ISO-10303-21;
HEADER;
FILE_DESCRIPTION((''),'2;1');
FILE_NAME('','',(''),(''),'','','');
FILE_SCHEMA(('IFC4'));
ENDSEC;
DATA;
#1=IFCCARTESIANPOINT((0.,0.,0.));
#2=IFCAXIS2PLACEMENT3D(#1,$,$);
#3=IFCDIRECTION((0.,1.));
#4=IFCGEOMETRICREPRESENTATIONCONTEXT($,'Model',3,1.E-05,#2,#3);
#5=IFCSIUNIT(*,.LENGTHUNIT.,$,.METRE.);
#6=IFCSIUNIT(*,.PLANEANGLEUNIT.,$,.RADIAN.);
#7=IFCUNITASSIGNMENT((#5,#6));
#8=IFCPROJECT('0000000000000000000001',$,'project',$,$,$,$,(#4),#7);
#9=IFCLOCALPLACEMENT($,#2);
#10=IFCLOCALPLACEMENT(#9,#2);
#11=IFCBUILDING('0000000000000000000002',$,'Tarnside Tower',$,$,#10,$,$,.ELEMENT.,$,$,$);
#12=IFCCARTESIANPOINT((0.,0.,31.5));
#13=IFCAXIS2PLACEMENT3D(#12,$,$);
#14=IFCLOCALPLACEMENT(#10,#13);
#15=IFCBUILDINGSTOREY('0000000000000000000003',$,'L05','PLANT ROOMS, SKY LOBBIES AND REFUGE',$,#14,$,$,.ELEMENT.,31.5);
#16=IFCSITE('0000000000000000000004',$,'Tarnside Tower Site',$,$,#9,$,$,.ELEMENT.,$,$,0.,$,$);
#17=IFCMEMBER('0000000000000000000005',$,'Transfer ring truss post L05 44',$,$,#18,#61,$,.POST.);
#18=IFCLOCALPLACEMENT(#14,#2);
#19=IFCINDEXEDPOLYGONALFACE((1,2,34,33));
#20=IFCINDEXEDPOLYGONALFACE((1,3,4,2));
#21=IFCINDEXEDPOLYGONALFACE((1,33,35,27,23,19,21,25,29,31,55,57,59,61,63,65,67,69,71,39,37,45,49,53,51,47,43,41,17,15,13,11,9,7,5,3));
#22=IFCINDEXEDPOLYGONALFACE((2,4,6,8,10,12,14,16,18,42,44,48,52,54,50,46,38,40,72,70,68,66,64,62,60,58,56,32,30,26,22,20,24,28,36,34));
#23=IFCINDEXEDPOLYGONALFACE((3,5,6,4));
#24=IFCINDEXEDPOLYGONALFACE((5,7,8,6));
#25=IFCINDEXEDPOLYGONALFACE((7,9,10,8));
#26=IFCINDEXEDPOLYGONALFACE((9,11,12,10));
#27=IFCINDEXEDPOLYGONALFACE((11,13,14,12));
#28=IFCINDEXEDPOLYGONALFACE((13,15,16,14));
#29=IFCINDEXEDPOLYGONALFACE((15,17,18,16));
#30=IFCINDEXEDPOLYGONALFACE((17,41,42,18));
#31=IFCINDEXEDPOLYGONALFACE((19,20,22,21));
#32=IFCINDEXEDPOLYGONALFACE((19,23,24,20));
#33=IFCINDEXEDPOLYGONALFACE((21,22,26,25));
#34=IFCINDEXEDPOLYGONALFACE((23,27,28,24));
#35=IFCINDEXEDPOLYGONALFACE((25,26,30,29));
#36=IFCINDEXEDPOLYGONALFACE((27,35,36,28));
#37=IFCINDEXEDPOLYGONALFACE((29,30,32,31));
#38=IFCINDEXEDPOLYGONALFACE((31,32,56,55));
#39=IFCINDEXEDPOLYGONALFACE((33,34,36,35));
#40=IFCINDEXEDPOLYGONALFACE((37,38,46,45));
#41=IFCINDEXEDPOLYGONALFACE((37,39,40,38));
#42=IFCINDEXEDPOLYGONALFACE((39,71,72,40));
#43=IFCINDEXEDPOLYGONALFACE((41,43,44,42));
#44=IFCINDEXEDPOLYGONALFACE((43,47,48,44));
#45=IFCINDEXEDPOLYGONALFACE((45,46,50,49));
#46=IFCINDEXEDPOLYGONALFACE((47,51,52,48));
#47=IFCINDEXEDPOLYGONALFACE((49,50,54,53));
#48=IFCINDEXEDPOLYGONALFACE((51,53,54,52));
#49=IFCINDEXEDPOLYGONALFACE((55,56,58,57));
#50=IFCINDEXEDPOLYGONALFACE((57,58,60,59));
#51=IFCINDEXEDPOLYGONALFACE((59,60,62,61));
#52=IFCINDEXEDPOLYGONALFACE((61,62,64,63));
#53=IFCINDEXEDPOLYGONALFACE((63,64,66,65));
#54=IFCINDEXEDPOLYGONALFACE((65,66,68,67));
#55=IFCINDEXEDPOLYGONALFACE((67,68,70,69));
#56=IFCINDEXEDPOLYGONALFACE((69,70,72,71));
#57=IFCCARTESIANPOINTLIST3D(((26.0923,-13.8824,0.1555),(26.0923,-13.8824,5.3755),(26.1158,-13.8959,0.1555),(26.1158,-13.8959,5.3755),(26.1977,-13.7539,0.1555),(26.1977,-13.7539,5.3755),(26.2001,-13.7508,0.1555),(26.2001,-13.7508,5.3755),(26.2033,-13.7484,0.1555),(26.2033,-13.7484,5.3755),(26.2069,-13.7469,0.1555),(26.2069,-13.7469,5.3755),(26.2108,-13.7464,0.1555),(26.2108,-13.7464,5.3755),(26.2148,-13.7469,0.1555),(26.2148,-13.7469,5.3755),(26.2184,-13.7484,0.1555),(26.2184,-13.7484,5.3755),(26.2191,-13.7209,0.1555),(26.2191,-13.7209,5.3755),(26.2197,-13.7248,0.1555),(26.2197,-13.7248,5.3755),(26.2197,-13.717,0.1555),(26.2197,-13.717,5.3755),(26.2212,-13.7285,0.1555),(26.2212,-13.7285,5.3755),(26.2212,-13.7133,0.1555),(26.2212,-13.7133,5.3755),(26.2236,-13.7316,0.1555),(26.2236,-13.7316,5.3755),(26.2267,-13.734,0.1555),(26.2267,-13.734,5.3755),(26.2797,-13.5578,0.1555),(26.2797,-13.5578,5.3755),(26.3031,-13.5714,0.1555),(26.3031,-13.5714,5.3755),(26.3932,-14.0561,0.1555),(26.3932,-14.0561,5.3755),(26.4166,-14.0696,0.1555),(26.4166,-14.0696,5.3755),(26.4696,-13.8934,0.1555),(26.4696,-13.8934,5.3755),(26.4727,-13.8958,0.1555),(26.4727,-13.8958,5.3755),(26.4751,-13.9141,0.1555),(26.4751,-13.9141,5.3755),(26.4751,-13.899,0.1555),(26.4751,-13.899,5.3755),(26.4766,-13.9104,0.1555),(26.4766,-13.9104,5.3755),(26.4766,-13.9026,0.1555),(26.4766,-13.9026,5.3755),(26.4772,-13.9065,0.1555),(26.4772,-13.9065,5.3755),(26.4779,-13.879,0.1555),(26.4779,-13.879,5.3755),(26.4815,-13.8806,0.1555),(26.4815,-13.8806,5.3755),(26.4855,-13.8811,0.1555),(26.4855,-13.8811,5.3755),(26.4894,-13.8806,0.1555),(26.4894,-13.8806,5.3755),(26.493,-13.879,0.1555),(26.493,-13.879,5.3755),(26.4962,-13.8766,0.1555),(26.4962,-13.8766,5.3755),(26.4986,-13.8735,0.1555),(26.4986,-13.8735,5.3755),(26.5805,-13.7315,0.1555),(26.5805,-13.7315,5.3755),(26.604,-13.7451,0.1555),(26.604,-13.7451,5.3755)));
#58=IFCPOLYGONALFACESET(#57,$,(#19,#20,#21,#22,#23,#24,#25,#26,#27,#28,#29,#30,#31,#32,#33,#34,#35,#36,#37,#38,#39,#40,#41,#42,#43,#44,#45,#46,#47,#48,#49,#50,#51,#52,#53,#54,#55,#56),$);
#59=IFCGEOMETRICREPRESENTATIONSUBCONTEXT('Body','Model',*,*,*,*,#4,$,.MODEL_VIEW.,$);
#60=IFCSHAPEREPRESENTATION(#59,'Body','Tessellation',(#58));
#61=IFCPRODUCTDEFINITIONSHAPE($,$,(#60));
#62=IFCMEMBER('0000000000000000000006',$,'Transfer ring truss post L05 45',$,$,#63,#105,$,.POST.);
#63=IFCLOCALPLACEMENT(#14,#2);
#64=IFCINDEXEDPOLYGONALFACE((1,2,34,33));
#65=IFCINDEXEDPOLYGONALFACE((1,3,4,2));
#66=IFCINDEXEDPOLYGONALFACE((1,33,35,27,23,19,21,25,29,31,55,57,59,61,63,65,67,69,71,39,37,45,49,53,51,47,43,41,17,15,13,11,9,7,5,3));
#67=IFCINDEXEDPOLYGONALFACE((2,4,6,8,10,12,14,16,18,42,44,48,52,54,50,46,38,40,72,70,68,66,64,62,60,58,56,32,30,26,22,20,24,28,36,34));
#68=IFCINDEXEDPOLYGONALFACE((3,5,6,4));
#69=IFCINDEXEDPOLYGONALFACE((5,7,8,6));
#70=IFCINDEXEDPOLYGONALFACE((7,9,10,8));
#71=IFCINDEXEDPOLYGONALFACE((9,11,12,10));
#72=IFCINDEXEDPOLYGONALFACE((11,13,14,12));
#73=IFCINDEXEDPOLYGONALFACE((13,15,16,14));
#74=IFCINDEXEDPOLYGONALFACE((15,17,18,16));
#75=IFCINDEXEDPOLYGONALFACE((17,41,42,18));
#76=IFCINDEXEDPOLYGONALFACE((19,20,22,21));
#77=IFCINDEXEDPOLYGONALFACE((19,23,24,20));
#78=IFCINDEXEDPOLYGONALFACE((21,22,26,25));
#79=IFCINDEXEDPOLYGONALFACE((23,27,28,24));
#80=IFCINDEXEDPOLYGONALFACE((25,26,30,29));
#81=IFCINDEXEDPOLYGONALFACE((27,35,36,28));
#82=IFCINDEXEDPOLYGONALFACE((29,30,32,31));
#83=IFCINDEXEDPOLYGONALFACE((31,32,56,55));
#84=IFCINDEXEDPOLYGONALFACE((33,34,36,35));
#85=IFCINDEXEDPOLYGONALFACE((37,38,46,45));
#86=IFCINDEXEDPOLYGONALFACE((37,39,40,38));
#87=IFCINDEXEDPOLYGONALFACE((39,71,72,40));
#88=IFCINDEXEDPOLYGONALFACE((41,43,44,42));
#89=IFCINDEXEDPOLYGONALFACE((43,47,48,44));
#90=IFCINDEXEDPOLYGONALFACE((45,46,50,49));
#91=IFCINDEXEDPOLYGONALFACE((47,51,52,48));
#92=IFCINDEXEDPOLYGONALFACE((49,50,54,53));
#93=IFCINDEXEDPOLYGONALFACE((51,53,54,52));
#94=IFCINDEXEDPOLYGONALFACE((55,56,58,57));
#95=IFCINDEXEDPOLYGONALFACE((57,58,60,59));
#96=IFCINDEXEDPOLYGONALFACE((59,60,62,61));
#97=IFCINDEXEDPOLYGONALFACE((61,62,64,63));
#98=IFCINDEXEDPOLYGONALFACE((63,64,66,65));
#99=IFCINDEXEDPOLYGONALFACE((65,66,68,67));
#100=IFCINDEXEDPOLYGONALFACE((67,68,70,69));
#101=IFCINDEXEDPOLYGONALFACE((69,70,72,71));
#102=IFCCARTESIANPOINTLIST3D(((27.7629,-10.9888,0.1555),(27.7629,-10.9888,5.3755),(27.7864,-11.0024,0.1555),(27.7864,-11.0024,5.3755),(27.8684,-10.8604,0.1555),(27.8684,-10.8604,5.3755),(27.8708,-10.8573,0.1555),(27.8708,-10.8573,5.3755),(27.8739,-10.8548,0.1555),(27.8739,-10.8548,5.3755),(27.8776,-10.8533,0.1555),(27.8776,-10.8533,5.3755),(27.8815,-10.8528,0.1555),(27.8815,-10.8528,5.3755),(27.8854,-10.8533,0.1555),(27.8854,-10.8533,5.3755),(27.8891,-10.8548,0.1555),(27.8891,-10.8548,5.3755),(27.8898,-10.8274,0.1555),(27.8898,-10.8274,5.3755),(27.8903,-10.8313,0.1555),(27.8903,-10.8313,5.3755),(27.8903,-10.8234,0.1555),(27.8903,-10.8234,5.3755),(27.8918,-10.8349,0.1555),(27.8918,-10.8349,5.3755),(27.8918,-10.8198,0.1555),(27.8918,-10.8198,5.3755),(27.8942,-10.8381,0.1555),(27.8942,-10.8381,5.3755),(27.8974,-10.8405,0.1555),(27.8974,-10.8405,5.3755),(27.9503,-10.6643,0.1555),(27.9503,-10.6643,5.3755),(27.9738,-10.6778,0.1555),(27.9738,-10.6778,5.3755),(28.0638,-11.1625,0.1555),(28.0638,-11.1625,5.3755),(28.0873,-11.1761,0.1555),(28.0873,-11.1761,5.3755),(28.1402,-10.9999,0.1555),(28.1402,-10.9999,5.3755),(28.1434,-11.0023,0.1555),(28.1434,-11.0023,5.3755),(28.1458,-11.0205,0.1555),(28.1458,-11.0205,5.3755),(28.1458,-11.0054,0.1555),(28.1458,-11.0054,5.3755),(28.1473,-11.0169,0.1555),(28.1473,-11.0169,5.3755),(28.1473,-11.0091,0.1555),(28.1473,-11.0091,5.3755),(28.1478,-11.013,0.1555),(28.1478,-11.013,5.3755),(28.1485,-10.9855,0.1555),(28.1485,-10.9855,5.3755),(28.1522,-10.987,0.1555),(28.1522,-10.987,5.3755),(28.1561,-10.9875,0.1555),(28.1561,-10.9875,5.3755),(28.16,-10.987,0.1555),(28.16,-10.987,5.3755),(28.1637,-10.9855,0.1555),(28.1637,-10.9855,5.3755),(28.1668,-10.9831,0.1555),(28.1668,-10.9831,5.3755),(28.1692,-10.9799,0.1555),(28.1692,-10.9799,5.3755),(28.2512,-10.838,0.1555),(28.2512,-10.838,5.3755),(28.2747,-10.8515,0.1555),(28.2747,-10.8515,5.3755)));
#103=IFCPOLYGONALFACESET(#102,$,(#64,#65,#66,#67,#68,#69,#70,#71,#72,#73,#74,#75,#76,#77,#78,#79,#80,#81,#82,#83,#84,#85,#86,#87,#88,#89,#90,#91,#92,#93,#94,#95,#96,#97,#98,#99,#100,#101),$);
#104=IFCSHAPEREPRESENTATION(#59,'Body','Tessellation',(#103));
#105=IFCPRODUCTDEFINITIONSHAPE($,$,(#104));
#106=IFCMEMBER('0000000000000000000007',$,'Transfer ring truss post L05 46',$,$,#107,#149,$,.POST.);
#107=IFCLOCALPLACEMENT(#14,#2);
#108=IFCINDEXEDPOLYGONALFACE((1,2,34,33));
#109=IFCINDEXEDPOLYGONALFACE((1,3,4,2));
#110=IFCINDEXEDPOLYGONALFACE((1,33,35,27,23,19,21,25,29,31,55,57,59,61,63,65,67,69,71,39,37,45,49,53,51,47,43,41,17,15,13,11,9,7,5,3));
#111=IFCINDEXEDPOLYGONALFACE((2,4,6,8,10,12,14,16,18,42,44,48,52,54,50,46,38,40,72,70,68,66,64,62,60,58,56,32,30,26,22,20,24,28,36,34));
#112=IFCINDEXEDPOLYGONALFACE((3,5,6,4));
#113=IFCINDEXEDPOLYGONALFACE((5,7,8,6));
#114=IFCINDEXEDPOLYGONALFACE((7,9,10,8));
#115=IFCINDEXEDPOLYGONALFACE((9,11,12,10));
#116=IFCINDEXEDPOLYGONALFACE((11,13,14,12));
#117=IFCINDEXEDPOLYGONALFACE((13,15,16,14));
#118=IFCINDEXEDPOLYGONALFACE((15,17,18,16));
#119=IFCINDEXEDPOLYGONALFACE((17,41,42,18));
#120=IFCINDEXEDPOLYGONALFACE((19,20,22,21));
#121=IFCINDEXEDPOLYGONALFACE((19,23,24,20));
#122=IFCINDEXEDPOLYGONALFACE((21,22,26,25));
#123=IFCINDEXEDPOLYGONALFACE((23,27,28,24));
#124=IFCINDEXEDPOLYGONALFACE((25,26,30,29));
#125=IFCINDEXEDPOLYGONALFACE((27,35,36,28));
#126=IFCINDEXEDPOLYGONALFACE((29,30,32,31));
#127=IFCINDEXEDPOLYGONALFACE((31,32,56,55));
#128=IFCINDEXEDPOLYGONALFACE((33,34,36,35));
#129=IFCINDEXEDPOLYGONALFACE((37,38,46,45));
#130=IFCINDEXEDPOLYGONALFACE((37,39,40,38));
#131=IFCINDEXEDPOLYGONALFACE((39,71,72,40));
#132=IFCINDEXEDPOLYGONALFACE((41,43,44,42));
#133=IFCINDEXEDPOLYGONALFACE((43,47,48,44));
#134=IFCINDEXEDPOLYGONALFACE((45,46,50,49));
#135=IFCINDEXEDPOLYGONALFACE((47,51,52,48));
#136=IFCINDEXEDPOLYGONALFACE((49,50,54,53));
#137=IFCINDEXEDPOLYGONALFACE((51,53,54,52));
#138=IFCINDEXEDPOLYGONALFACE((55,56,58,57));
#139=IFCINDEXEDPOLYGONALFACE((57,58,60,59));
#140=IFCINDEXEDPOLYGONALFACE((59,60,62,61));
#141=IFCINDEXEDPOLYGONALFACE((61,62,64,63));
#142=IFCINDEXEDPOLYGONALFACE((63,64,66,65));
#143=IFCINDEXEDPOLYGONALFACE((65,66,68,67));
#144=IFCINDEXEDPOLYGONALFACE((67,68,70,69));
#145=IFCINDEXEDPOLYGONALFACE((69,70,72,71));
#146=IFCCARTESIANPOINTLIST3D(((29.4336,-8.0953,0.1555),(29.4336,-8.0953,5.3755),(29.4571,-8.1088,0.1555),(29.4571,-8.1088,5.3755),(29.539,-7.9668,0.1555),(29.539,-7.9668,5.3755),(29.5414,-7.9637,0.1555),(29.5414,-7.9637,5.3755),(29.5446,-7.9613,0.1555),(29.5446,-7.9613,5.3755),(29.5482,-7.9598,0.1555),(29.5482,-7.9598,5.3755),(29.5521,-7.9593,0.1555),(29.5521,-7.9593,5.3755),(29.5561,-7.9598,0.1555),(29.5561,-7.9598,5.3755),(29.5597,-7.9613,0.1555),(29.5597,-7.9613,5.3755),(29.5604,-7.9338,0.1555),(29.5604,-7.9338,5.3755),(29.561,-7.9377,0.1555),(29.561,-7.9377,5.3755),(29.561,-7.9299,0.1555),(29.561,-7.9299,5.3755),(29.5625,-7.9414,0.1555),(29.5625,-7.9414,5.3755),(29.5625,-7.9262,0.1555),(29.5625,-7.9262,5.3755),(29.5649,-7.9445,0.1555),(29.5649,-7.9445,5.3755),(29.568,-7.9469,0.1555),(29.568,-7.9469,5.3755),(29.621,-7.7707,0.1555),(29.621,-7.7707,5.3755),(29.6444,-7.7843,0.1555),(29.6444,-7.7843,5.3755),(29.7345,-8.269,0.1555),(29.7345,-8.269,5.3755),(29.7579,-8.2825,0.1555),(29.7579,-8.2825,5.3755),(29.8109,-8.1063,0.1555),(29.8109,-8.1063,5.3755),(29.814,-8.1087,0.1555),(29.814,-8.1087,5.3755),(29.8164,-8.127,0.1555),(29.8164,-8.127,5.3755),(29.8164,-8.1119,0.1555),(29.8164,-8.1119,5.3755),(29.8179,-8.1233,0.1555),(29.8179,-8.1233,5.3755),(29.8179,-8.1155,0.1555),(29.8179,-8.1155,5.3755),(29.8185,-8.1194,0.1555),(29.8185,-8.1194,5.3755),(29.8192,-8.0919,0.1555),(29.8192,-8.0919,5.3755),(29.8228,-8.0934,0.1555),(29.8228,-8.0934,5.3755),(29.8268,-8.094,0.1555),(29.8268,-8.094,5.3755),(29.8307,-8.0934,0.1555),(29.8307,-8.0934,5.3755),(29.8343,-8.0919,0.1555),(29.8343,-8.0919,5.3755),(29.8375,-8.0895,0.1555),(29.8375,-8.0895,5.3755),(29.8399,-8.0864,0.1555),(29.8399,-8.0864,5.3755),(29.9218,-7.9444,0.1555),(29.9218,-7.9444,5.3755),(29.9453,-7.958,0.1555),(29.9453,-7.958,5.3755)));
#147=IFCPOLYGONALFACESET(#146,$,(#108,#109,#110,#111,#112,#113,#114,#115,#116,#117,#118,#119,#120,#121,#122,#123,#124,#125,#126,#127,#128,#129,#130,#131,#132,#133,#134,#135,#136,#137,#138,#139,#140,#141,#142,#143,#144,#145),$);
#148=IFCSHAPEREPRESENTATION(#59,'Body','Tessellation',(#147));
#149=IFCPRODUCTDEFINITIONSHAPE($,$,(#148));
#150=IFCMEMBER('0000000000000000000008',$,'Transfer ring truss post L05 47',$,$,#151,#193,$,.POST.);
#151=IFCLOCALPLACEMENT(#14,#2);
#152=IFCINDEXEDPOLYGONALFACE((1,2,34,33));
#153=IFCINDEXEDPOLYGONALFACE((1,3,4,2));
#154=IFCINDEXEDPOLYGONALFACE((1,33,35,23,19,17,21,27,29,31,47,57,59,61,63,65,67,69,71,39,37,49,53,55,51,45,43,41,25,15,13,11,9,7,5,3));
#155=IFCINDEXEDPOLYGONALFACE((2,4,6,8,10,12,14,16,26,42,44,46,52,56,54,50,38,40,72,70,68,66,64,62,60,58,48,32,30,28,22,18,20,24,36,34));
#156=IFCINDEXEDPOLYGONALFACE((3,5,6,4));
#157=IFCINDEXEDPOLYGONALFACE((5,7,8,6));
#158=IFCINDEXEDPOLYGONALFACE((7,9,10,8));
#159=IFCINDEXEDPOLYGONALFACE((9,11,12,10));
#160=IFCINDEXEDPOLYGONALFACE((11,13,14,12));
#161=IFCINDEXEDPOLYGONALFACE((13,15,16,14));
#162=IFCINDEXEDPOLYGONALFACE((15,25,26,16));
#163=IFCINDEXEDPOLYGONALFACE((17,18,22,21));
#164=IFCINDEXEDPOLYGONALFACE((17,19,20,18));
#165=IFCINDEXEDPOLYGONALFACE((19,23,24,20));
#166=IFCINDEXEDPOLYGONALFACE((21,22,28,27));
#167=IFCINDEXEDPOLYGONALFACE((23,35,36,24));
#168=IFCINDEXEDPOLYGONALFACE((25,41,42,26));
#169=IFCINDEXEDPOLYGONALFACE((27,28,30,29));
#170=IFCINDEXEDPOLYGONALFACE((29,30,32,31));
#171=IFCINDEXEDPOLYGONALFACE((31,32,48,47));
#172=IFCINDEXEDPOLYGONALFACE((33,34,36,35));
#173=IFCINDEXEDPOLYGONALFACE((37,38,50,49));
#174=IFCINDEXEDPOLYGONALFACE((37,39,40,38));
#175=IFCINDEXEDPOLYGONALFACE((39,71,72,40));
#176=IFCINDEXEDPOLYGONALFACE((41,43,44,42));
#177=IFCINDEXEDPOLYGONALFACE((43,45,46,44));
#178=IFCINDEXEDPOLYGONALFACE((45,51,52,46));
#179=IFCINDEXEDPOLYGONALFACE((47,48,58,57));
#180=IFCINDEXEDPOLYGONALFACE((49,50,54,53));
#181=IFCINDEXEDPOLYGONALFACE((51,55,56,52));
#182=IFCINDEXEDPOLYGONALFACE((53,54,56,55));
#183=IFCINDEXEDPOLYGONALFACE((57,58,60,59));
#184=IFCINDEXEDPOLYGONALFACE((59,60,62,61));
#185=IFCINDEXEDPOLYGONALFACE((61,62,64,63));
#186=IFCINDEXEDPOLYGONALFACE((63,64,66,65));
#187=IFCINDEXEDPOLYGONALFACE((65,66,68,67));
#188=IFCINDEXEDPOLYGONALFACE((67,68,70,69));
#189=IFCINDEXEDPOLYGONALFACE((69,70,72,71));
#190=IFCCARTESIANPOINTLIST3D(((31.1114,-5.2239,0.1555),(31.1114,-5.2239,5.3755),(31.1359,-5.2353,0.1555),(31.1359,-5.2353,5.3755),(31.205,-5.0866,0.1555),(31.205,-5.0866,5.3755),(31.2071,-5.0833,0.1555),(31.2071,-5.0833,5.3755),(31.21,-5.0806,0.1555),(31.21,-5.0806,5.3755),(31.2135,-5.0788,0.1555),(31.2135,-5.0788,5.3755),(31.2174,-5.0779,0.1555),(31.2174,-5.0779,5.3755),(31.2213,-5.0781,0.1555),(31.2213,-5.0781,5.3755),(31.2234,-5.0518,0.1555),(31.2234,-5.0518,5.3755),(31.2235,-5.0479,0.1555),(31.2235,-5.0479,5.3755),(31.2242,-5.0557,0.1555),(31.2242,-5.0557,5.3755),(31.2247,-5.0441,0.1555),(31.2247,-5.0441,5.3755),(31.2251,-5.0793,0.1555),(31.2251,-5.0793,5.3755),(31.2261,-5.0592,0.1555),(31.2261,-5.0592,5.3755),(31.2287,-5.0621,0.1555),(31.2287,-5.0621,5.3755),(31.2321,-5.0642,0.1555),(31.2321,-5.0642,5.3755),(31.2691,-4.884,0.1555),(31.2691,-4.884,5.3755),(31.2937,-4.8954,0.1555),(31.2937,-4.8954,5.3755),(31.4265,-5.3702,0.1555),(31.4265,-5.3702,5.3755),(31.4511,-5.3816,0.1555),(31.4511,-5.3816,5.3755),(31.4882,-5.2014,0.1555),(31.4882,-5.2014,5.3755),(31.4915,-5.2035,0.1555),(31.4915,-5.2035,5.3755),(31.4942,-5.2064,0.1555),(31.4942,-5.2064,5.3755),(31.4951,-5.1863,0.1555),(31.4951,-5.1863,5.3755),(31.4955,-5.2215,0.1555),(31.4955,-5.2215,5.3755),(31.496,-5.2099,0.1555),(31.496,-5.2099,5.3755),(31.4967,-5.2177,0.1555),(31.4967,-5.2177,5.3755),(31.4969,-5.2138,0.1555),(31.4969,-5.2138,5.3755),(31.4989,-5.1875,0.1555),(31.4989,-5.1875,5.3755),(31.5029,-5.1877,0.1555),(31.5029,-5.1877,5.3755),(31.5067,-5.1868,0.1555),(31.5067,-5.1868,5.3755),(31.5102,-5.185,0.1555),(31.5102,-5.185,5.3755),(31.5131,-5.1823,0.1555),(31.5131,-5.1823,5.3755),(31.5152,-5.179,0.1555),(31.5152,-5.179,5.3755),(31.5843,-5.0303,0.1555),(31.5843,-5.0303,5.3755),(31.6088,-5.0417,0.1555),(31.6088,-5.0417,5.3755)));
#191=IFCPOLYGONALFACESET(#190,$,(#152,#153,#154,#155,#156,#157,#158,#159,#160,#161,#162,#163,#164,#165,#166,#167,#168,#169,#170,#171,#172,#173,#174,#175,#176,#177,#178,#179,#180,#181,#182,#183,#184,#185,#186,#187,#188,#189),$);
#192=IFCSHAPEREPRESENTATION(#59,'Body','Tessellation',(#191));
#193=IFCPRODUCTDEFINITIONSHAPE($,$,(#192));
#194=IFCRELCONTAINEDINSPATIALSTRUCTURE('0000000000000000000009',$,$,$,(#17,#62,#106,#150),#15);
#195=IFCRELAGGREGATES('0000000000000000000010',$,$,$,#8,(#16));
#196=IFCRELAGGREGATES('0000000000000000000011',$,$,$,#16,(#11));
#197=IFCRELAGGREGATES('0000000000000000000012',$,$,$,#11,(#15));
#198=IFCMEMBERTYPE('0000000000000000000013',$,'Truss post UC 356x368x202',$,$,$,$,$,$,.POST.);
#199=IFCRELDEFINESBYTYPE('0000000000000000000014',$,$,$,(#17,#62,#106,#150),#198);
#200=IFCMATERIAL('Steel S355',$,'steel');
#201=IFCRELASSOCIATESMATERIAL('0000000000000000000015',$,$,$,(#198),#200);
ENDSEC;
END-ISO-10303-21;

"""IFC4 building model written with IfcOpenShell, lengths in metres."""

from ifc_helpers import new_model, si_unit, direction, frame, origin, origin_2d, place, context, subcontext, project, spatial, i_section, extrude, material, material_profile, profile_set, type_object, element, save


model = new_model("IFC4")

# Units and contexts
model_context = context("Model", 3, precision=1e-05, world=origin(), true_north=direction((0.0, 1.0)))
body_context = subcontext(model_context, "Body", "Model", "MODEL_VIEW")
ifc_project = project(units=[si_unit("LENGTHUNIT", "METRE"), si_unit("PLANEANGLEUNIT", "RADIAN")], contexts=[model_context])

# Site, building, storey
site_placement = place(None, origin())
site = spatial("IfcSite", under=ifc_project, at=site_placement, Name="Tarnside Tower Site", CompositionType="ELEMENT", RefElevation=0.0)
building_placement = place(site_placement, origin())
building = spatial("IfcBuilding", under=site, at=building_placement, Name="Tarnside Tower", CompositionType="ELEMENT")
storey_placement = place(building_placement, frame((0.0, 0.0, 31.5)))
storey = spatial("IfcBuildingStorey", under=building, at=storey_placement, Name="L05", Description="PLANT ROOMS, SKY LOBBIES AND REFUGE", CompositionType="ELEMENT", Elevation=31.5)

# Shared definitions
ifc_material_1 = material(Name="Steel S355", Category="steel")

# Members
ifc_material_profile_1 = material_profile(ifc_material_1, i_section(OverallWidth=0.3748, OverallDepth=0.3745, WebThickness=0.0166, FlangeThickness=0.0271, FilletRadius=0.0151, at=origin_2d()), Name="UC 356x368x202")
ifc_profile_set_1 = profile_set([ifc_material_profile_1], Name="Steel S355")
member_type_1 = type_object("IfcMemberType", Name="Truss post UC 356x368x202", PredefinedType="POST", material=ifc_profile_set_1)
for number, where, z_axis, x_axis, name in (
    (1, (26.3481, -13.8137, 0.1555), (0.0, 0.0, 1.0), (0.5, 0.866025, 0.0), "Transfer ring truss post L05 44"),
    (2, (28.0188, -10.9202, 0.1555), (0.0, 0.0, 1.0), (0.5, 0.866025, 0.0), "Transfer ring truss post L05 45"),
    (3, (29.6895, -8.0266, 0.1555), (0.0, 0.0, 1.0), (0.5, 0.866025, 0.0), "Transfer ring truss post L05 46"),
    (4, (31.3601, -5.1328, 0.1555), (0.0, 0.0, 1.0), (0.421012, 0.907055, 0.0), "Transfer ring truss post L05 47"),
):
    element("IfcMember", number, at=place(storey_placement, frame(where, z_axis=z_axis, x_axis=x_axis)), inside=storey, type_object=member_type_1, Name=name, PredefinedType="POST", context=body_context, shape_type="SweptSolid", body=[
        extrude(i_section(OverallWidth=0.3748, OverallDepth=0.3745, WebThickness=0.0166, FlangeThickness=0.0271, FilletRadius=0.0151, at=origin_2d()), origin(), (0.0, 0.0, 1.0), 5.22),
    ])

save(model, "model.ifc")
